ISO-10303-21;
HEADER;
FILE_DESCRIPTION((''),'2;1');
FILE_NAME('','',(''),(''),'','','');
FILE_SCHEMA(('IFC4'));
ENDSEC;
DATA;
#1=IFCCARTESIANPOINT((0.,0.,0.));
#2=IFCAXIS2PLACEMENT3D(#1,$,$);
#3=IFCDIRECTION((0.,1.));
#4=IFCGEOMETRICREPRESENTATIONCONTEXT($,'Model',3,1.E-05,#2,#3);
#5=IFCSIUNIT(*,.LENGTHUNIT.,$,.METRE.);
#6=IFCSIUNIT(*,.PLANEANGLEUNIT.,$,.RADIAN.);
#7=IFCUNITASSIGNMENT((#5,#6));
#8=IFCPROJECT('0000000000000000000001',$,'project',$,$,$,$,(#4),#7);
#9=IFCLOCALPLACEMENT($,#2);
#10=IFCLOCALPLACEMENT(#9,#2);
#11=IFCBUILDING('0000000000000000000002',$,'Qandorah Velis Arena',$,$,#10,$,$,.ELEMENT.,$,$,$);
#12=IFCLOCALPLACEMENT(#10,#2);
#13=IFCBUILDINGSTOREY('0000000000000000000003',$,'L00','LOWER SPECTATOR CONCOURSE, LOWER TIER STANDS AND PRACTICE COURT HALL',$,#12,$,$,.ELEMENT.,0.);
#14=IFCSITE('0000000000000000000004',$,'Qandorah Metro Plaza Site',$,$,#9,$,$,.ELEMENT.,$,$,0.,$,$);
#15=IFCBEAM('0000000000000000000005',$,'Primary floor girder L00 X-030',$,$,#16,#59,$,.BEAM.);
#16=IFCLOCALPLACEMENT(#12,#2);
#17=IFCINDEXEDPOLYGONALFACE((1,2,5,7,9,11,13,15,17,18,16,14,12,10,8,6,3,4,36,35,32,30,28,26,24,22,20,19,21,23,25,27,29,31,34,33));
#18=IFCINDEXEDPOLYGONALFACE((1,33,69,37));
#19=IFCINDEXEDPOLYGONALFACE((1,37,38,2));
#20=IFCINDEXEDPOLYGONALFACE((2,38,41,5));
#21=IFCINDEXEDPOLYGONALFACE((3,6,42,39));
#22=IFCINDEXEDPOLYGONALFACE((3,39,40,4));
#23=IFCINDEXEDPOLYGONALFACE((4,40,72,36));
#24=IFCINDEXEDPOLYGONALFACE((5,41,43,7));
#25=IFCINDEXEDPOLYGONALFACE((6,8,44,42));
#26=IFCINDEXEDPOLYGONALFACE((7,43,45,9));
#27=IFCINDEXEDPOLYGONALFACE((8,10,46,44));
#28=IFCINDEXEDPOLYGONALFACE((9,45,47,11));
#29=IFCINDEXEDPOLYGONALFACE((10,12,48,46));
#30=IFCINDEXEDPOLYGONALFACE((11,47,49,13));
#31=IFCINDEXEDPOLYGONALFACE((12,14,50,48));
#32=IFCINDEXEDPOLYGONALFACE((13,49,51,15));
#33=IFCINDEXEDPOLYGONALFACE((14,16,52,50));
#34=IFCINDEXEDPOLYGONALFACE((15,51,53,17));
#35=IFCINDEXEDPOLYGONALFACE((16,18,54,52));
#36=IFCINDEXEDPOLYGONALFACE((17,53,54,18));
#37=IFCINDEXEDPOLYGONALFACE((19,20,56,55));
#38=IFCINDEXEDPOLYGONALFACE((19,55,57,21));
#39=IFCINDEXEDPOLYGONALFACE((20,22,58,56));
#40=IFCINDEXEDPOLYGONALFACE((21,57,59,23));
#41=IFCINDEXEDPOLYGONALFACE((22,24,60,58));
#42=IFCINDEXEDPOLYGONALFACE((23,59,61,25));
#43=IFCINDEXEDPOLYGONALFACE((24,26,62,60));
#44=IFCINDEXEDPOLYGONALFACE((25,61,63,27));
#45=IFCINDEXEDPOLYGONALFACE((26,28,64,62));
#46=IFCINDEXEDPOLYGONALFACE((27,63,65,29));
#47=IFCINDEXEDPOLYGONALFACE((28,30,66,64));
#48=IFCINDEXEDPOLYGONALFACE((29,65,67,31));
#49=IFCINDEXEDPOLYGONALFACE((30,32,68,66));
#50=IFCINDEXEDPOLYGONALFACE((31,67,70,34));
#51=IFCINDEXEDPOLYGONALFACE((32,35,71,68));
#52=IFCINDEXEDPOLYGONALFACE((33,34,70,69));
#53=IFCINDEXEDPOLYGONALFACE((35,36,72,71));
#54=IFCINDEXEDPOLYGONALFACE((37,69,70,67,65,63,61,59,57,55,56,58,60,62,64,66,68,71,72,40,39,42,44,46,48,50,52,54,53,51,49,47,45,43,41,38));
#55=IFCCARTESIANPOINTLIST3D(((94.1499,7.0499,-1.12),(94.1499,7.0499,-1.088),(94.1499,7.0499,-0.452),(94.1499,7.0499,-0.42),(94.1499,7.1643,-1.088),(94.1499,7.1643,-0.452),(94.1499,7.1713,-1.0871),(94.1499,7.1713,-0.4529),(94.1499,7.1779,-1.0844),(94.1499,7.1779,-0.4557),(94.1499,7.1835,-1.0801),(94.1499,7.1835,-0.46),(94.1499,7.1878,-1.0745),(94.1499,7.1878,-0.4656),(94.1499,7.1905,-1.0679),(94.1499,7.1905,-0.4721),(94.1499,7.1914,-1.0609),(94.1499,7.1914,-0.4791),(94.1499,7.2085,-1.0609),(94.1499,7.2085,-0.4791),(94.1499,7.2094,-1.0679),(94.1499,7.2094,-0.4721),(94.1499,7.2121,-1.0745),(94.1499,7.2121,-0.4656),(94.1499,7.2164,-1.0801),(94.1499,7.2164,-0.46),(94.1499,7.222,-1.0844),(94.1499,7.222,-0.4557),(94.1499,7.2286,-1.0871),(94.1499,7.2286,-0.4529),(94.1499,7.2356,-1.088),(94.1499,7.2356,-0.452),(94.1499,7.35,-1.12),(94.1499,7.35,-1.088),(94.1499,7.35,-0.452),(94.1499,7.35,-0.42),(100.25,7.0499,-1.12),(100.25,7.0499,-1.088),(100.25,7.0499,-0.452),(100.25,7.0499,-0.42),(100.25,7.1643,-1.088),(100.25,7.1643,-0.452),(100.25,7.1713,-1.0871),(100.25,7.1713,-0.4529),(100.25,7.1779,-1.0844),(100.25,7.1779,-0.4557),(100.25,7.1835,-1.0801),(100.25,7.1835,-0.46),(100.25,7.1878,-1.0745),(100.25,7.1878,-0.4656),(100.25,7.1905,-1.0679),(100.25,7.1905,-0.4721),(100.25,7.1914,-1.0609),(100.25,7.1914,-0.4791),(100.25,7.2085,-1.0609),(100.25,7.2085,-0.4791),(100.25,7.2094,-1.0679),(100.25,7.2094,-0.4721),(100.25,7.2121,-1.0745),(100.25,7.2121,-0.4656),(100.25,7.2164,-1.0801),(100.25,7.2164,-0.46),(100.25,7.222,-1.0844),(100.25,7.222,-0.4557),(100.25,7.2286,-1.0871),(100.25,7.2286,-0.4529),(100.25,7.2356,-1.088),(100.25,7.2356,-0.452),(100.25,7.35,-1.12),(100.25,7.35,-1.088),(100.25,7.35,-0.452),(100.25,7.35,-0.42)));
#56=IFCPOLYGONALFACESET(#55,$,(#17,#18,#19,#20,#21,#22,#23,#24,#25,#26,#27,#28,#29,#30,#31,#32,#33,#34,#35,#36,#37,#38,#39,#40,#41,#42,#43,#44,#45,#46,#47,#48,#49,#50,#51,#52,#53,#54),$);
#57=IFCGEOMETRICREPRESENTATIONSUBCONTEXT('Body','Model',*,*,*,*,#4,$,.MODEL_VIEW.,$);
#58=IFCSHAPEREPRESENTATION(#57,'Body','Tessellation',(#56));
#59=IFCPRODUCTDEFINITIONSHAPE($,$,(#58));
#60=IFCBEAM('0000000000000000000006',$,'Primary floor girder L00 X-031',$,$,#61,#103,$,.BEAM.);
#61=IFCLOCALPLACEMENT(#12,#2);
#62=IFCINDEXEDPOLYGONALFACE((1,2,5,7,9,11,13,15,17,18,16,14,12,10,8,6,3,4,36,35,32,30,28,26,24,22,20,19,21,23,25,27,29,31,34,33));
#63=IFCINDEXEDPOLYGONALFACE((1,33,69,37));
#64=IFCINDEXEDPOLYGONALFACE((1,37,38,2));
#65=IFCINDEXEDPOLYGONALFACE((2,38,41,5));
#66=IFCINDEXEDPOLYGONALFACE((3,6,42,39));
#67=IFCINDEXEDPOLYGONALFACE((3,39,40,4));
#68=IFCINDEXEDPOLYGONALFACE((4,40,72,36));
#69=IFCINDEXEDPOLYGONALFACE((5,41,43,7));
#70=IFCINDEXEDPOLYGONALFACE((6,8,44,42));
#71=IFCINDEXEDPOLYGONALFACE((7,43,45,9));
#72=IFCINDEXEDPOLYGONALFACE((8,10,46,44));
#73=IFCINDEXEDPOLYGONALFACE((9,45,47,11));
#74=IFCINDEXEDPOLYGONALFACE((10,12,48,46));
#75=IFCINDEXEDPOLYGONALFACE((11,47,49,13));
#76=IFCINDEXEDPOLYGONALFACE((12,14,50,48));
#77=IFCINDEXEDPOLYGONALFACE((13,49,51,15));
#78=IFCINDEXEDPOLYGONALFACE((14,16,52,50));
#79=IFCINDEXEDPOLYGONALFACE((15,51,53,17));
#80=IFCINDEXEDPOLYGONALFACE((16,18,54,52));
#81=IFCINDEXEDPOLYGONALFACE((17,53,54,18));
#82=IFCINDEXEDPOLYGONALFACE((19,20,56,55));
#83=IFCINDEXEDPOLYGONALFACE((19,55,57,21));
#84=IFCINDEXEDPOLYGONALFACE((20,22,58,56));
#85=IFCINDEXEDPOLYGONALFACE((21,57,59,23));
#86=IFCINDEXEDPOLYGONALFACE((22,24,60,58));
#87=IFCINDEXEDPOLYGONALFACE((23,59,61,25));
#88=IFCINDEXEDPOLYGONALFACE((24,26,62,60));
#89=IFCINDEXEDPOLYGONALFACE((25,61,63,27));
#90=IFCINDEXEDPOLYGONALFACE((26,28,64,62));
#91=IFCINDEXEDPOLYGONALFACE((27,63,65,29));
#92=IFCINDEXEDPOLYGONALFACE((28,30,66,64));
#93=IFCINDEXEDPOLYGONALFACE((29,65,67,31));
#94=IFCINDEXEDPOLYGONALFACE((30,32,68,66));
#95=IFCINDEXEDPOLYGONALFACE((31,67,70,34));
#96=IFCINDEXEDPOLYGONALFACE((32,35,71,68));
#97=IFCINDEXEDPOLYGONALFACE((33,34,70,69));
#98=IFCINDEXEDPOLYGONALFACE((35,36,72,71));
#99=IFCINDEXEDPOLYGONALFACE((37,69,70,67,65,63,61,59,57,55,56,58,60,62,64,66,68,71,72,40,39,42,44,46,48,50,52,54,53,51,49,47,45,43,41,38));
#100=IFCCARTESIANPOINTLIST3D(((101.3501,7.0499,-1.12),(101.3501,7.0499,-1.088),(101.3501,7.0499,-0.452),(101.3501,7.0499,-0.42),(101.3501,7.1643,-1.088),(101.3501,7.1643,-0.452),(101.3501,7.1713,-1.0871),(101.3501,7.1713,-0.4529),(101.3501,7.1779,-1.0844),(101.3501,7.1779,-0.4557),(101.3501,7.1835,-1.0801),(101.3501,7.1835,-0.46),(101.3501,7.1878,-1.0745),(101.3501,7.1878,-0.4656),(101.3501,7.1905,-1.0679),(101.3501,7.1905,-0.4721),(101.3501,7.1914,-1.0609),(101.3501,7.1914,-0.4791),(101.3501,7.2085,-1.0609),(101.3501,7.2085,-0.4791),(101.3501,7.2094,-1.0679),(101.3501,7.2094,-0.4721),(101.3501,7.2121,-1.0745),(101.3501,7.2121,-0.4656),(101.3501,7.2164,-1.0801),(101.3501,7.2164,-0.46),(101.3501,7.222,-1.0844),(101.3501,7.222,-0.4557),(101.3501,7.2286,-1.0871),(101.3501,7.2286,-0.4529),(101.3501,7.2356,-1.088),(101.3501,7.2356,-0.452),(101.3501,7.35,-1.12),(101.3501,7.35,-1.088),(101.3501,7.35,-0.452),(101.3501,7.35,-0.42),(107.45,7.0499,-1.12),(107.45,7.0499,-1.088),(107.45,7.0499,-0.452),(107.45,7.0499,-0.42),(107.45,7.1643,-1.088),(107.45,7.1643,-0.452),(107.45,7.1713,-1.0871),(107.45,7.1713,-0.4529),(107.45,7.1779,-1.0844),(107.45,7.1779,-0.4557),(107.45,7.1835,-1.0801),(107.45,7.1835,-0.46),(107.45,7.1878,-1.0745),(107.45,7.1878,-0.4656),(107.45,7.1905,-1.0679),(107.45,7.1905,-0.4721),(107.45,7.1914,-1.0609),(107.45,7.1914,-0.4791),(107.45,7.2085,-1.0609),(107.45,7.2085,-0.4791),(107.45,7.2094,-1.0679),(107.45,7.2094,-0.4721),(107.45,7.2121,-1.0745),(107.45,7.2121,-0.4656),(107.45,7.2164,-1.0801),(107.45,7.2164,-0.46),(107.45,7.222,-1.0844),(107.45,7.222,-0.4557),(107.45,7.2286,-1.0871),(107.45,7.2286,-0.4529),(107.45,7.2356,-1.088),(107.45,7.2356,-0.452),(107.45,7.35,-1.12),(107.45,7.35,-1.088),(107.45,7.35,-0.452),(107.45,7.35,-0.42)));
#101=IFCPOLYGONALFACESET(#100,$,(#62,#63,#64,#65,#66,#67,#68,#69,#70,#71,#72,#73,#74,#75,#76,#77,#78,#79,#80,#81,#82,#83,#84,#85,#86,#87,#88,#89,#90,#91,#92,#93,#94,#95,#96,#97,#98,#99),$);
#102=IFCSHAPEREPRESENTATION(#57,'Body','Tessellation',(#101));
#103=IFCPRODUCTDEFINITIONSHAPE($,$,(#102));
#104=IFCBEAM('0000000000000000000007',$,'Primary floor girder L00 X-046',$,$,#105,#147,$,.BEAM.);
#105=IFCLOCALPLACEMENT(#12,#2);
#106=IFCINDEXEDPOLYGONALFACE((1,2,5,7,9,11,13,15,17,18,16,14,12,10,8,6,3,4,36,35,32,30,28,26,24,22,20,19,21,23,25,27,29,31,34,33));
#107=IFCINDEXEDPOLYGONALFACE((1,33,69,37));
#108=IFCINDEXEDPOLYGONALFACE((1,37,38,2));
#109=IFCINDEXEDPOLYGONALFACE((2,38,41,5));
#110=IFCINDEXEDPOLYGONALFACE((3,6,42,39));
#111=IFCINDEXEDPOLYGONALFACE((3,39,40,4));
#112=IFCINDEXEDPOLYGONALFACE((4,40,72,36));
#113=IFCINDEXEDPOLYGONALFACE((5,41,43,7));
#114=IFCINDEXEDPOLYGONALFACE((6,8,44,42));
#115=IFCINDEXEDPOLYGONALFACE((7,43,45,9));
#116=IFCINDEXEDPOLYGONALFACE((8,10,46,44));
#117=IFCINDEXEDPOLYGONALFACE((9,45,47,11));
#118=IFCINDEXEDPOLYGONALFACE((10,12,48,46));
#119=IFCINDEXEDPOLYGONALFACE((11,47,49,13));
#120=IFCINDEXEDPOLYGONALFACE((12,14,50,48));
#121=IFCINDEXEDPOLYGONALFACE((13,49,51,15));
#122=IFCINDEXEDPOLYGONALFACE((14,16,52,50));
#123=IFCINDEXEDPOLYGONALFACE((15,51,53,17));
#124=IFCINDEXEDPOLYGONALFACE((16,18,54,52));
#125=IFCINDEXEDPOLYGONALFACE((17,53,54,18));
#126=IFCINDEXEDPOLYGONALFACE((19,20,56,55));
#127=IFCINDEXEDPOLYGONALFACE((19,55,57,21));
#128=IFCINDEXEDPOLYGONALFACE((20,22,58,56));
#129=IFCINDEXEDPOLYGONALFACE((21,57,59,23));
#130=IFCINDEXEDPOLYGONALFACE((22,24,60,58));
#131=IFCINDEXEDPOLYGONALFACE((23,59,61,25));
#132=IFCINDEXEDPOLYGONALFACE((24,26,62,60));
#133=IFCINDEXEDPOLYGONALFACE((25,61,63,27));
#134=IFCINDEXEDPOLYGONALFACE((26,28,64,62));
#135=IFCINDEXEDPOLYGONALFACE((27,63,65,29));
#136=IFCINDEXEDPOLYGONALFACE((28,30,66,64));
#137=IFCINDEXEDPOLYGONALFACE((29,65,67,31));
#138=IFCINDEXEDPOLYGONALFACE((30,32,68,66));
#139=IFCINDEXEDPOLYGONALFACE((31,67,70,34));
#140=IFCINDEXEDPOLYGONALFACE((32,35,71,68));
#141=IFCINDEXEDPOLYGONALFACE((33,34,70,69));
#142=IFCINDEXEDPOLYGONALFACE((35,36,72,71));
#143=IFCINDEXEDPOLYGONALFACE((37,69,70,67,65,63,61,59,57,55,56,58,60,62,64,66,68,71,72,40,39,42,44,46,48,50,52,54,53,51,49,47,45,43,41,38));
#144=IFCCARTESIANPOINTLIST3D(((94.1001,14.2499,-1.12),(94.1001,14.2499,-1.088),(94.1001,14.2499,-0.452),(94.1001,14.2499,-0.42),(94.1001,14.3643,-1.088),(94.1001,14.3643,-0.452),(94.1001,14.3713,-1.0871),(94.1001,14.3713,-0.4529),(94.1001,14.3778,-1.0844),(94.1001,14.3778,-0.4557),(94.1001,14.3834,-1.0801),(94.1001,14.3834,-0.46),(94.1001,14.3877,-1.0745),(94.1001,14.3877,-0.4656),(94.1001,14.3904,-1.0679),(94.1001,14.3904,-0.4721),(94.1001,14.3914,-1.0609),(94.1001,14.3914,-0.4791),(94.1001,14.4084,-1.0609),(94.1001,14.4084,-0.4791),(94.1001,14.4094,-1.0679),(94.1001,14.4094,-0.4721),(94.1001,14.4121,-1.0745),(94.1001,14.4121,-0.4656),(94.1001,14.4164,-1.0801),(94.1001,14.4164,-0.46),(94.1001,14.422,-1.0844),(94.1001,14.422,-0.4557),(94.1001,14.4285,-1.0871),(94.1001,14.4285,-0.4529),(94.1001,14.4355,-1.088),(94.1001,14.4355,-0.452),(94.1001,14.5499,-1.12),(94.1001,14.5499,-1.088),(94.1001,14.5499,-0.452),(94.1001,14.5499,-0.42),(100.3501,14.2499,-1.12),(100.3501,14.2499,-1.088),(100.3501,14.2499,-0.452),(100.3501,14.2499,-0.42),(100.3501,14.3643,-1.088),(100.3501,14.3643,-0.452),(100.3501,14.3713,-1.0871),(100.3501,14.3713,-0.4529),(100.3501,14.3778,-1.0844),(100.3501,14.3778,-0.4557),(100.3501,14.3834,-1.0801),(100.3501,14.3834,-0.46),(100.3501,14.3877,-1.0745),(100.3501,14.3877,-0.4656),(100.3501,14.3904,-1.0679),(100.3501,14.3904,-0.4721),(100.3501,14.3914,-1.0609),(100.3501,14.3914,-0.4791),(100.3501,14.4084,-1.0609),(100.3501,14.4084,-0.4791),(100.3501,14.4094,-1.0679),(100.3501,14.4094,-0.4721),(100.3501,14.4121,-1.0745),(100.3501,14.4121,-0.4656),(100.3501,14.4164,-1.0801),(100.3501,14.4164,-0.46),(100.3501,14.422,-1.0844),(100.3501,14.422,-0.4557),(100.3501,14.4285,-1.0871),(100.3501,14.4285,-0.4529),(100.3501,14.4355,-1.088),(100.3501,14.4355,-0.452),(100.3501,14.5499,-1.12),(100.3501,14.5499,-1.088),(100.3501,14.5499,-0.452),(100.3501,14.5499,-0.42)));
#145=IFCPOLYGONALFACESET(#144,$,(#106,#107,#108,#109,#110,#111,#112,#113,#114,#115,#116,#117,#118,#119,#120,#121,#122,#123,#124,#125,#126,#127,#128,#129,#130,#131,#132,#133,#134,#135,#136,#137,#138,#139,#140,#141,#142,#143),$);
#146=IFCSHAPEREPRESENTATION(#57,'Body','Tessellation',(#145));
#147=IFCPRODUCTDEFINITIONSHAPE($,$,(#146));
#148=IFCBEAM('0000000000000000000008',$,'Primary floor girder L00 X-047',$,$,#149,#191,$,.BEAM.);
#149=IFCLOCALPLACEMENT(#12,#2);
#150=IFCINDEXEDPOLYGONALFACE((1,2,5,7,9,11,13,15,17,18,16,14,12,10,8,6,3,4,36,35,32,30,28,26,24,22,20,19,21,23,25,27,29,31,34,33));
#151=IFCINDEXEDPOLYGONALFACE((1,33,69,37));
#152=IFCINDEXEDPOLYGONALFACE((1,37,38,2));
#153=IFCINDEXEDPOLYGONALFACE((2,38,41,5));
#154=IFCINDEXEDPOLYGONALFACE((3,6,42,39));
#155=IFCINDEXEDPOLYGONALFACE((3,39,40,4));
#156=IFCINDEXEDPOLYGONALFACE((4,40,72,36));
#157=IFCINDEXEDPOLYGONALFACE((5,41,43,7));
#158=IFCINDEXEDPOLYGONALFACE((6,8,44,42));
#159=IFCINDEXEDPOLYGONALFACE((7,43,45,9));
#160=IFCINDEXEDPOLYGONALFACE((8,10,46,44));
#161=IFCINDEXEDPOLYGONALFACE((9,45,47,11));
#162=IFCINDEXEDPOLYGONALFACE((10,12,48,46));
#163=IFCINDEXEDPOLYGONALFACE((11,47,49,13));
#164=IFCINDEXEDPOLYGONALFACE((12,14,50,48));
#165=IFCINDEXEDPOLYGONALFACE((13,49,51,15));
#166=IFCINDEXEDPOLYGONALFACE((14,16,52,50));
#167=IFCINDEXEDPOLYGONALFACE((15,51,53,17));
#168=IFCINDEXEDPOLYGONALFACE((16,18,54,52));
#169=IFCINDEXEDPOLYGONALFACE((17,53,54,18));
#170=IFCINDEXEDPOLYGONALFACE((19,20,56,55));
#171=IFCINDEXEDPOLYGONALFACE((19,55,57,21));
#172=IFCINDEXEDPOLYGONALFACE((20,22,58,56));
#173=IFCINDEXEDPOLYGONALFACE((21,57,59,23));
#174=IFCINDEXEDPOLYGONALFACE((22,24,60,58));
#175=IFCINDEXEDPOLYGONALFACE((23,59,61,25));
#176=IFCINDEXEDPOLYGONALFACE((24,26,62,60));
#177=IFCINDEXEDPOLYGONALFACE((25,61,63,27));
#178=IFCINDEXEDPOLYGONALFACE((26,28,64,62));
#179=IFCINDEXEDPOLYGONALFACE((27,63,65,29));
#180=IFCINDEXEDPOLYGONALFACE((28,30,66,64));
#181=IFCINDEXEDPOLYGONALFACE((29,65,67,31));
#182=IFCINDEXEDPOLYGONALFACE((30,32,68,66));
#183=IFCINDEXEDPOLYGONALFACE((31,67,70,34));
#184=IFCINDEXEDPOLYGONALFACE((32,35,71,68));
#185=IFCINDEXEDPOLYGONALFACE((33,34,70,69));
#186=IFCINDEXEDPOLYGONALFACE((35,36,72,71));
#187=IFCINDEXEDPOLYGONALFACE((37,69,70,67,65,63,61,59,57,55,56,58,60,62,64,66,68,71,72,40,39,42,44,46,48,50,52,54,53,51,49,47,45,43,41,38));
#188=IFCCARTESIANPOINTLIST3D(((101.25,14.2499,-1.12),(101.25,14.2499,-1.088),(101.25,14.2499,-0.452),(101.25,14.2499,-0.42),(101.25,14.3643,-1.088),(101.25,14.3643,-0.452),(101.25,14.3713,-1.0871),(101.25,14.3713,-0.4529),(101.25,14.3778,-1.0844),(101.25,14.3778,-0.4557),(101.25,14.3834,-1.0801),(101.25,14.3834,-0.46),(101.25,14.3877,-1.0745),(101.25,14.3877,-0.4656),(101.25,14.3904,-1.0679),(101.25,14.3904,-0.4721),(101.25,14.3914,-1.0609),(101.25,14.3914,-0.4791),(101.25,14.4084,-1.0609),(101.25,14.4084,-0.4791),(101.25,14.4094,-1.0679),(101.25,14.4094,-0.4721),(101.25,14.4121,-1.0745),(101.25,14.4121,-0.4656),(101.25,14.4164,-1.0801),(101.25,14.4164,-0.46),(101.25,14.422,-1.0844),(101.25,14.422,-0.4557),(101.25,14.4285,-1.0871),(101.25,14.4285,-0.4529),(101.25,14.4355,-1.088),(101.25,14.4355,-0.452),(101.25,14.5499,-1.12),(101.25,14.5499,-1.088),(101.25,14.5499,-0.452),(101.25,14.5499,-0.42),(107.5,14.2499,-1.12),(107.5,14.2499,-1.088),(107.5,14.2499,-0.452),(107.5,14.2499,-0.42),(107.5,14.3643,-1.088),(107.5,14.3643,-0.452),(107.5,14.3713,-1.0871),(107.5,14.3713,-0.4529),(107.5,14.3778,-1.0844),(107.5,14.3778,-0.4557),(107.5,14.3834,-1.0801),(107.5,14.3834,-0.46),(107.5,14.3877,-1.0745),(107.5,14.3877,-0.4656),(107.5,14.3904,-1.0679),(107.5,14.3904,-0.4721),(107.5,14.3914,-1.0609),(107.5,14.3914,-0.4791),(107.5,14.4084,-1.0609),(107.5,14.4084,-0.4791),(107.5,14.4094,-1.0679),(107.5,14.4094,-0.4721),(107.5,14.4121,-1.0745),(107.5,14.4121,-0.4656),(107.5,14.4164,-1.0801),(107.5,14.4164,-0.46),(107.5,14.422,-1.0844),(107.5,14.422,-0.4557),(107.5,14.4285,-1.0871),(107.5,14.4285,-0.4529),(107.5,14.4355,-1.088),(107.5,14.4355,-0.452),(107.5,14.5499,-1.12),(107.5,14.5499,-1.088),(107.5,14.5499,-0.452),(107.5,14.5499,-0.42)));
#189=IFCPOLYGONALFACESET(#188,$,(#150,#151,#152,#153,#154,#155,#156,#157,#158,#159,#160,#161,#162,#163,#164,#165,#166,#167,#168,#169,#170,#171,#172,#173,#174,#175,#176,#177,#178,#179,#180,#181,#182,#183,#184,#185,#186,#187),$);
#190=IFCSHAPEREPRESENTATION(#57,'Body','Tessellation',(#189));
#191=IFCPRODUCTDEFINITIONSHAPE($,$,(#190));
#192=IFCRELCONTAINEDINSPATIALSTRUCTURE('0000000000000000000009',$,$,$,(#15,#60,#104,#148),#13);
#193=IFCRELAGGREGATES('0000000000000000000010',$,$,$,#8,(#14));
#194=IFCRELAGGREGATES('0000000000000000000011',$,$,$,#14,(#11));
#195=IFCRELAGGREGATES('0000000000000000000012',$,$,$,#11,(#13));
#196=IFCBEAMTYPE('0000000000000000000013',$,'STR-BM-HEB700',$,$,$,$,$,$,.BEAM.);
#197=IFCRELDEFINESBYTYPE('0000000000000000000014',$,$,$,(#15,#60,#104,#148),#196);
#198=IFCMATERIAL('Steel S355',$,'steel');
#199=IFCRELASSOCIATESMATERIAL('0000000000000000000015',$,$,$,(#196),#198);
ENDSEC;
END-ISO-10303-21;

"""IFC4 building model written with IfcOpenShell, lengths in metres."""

from ifc_helpers import new_model, si_unit, direction, frame, origin, origin_2d, place, context, subcontext, project, spatial, i_section, extrude, material, material_profile, profile_set, type_object, element, save


model = new_model("IFC4")

# Units and contexts
model_context = context("Model", 3, precision=1e-05, world=origin(), true_north=direction((0.0, 1.0)))
body_context = subcontext(model_context, "Body", "Model", "MODEL_VIEW")
ifc_project = project(units=[si_unit("LENGTHUNIT", "METRE"), si_unit("PLANEANGLEUNIT", "RADIAN")], contexts=[model_context])

# Site, building, storey
site_placement = place(None, origin())
site = spatial("IfcSite", under=ifc_project, at=site_placement, Name="Qandorah Metro Plaza Site", CompositionType="ELEMENT", RefElevation=0.0)
building_placement = place(site_placement, origin())
building = spatial("IfcBuilding", under=site, at=building_placement, Name="Qandorah Velis Arena", CompositionType="ELEMENT")
storey_placement = place(building_placement, origin())
storey = spatial("IfcBuildingStorey", under=building, at=storey_placement, Name="L00", Description="LOWER SPECTATOR CONCOURSE, LOWER TIER STANDS AND PRACTICE COURT HALL", CompositionType="ELEMENT", Elevation=0.0)

# Beams
ifc_material_1 = material(Name="Steel S355", Category="steel")
ifc_material_profile_1 = material_profile(ifc_material_1, i_section(OverallWidth=0.3, OverallDepth=0.7, WebThickness=0.0171, FlangeThickness=0.032, FilletRadius=0.0271, at=origin_2d()), Name="HEB 700")
ifc_profile_set_1 = profile_set([ifc_material_profile_1], Name="Steel S355")
beam_type_1 = type_object("IfcBeamType", Name="STR-BM-HEB700", PredefinedType="BEAM", material=ifc_profile_set_1)
beam_1_placement = place(storey_placement, frame((94.1499, 7.2, -0.77), z_axis=(1.0, 0.0, 0.0), x_axis=(0.0, 1.0, 0.0)))
element("IfcBeam", 1, at=beam_1_placement, inside=storey, type_object=beam_type_1, Name="Primary floor girder L00 X-030", PredefinedType="BEAM", context=body_context, shape_type="SweptSolid", body=[
    extrude(i_section(OverallWidth=0.3, OverallDepth=0.7, WebThickness=0.0171, FlangeThickness=0.032, FilletRadius=0.0271, at=origin_2d()), origin(), (0.0, 0.0, 1.0), 6.1001),
])
beam_2_placement = place(storey_placement, frame((101.3501, 7.2, -0.77), z_axis=(1.0, 0.0, 0.0), x_axis=(0.0, 1.0, 0.0)))
element("IfcBeam", 2, at=beam_2_placement, inside=storey, type_object=beam_type_1, Name="Primary floor girder L00 X-031", PredefinedType="BEAM", context=body_context, shape_type="SweptSolid", body=[
    extrude(i_section(OverallWidth=0.3, OverallDepth=0.7, WebThickness=0.0171, FlangeThickness=0.032, FilletRadius=0.0271, at=origin_2d()), origin(), (0.0, 0.0, 1.0), 6.0999),
])
for number, where, z_axis, x_axis, name in (
    (3, (94.1001, 14.3999, -0.77), (1.0, 0.0, 0.0), (0.0, 1.0, 0.0), "Primary floor girder L00 X-046"),
    (4, (101.25, 14.3999, -0.77), (1.0, 0.0, 0.0), (0.0, 1.0, 0.0), "Primary floor girder L00 X-047"),
):
    element("IfcBeam", number, at=place(storey_placement, frame(where, z_axis=z_axis, x_axis=x_axis)), inside=storey, type_object=beam_type_1, Name=name, PredefinedType="BEAM", context=body_context, shape_type="SweptSolid", body=[
        extrude(i_section(OverallWidth=0.3, OverallDepth=0.7, WebThickness=0.0171, FlangeThickness=0.032, FilletRadius=0.0271, at=origin_2d()), origin(), (0.0, 0.0, 1.0), 6.25),
    ])

save(model, "model.ifc")
